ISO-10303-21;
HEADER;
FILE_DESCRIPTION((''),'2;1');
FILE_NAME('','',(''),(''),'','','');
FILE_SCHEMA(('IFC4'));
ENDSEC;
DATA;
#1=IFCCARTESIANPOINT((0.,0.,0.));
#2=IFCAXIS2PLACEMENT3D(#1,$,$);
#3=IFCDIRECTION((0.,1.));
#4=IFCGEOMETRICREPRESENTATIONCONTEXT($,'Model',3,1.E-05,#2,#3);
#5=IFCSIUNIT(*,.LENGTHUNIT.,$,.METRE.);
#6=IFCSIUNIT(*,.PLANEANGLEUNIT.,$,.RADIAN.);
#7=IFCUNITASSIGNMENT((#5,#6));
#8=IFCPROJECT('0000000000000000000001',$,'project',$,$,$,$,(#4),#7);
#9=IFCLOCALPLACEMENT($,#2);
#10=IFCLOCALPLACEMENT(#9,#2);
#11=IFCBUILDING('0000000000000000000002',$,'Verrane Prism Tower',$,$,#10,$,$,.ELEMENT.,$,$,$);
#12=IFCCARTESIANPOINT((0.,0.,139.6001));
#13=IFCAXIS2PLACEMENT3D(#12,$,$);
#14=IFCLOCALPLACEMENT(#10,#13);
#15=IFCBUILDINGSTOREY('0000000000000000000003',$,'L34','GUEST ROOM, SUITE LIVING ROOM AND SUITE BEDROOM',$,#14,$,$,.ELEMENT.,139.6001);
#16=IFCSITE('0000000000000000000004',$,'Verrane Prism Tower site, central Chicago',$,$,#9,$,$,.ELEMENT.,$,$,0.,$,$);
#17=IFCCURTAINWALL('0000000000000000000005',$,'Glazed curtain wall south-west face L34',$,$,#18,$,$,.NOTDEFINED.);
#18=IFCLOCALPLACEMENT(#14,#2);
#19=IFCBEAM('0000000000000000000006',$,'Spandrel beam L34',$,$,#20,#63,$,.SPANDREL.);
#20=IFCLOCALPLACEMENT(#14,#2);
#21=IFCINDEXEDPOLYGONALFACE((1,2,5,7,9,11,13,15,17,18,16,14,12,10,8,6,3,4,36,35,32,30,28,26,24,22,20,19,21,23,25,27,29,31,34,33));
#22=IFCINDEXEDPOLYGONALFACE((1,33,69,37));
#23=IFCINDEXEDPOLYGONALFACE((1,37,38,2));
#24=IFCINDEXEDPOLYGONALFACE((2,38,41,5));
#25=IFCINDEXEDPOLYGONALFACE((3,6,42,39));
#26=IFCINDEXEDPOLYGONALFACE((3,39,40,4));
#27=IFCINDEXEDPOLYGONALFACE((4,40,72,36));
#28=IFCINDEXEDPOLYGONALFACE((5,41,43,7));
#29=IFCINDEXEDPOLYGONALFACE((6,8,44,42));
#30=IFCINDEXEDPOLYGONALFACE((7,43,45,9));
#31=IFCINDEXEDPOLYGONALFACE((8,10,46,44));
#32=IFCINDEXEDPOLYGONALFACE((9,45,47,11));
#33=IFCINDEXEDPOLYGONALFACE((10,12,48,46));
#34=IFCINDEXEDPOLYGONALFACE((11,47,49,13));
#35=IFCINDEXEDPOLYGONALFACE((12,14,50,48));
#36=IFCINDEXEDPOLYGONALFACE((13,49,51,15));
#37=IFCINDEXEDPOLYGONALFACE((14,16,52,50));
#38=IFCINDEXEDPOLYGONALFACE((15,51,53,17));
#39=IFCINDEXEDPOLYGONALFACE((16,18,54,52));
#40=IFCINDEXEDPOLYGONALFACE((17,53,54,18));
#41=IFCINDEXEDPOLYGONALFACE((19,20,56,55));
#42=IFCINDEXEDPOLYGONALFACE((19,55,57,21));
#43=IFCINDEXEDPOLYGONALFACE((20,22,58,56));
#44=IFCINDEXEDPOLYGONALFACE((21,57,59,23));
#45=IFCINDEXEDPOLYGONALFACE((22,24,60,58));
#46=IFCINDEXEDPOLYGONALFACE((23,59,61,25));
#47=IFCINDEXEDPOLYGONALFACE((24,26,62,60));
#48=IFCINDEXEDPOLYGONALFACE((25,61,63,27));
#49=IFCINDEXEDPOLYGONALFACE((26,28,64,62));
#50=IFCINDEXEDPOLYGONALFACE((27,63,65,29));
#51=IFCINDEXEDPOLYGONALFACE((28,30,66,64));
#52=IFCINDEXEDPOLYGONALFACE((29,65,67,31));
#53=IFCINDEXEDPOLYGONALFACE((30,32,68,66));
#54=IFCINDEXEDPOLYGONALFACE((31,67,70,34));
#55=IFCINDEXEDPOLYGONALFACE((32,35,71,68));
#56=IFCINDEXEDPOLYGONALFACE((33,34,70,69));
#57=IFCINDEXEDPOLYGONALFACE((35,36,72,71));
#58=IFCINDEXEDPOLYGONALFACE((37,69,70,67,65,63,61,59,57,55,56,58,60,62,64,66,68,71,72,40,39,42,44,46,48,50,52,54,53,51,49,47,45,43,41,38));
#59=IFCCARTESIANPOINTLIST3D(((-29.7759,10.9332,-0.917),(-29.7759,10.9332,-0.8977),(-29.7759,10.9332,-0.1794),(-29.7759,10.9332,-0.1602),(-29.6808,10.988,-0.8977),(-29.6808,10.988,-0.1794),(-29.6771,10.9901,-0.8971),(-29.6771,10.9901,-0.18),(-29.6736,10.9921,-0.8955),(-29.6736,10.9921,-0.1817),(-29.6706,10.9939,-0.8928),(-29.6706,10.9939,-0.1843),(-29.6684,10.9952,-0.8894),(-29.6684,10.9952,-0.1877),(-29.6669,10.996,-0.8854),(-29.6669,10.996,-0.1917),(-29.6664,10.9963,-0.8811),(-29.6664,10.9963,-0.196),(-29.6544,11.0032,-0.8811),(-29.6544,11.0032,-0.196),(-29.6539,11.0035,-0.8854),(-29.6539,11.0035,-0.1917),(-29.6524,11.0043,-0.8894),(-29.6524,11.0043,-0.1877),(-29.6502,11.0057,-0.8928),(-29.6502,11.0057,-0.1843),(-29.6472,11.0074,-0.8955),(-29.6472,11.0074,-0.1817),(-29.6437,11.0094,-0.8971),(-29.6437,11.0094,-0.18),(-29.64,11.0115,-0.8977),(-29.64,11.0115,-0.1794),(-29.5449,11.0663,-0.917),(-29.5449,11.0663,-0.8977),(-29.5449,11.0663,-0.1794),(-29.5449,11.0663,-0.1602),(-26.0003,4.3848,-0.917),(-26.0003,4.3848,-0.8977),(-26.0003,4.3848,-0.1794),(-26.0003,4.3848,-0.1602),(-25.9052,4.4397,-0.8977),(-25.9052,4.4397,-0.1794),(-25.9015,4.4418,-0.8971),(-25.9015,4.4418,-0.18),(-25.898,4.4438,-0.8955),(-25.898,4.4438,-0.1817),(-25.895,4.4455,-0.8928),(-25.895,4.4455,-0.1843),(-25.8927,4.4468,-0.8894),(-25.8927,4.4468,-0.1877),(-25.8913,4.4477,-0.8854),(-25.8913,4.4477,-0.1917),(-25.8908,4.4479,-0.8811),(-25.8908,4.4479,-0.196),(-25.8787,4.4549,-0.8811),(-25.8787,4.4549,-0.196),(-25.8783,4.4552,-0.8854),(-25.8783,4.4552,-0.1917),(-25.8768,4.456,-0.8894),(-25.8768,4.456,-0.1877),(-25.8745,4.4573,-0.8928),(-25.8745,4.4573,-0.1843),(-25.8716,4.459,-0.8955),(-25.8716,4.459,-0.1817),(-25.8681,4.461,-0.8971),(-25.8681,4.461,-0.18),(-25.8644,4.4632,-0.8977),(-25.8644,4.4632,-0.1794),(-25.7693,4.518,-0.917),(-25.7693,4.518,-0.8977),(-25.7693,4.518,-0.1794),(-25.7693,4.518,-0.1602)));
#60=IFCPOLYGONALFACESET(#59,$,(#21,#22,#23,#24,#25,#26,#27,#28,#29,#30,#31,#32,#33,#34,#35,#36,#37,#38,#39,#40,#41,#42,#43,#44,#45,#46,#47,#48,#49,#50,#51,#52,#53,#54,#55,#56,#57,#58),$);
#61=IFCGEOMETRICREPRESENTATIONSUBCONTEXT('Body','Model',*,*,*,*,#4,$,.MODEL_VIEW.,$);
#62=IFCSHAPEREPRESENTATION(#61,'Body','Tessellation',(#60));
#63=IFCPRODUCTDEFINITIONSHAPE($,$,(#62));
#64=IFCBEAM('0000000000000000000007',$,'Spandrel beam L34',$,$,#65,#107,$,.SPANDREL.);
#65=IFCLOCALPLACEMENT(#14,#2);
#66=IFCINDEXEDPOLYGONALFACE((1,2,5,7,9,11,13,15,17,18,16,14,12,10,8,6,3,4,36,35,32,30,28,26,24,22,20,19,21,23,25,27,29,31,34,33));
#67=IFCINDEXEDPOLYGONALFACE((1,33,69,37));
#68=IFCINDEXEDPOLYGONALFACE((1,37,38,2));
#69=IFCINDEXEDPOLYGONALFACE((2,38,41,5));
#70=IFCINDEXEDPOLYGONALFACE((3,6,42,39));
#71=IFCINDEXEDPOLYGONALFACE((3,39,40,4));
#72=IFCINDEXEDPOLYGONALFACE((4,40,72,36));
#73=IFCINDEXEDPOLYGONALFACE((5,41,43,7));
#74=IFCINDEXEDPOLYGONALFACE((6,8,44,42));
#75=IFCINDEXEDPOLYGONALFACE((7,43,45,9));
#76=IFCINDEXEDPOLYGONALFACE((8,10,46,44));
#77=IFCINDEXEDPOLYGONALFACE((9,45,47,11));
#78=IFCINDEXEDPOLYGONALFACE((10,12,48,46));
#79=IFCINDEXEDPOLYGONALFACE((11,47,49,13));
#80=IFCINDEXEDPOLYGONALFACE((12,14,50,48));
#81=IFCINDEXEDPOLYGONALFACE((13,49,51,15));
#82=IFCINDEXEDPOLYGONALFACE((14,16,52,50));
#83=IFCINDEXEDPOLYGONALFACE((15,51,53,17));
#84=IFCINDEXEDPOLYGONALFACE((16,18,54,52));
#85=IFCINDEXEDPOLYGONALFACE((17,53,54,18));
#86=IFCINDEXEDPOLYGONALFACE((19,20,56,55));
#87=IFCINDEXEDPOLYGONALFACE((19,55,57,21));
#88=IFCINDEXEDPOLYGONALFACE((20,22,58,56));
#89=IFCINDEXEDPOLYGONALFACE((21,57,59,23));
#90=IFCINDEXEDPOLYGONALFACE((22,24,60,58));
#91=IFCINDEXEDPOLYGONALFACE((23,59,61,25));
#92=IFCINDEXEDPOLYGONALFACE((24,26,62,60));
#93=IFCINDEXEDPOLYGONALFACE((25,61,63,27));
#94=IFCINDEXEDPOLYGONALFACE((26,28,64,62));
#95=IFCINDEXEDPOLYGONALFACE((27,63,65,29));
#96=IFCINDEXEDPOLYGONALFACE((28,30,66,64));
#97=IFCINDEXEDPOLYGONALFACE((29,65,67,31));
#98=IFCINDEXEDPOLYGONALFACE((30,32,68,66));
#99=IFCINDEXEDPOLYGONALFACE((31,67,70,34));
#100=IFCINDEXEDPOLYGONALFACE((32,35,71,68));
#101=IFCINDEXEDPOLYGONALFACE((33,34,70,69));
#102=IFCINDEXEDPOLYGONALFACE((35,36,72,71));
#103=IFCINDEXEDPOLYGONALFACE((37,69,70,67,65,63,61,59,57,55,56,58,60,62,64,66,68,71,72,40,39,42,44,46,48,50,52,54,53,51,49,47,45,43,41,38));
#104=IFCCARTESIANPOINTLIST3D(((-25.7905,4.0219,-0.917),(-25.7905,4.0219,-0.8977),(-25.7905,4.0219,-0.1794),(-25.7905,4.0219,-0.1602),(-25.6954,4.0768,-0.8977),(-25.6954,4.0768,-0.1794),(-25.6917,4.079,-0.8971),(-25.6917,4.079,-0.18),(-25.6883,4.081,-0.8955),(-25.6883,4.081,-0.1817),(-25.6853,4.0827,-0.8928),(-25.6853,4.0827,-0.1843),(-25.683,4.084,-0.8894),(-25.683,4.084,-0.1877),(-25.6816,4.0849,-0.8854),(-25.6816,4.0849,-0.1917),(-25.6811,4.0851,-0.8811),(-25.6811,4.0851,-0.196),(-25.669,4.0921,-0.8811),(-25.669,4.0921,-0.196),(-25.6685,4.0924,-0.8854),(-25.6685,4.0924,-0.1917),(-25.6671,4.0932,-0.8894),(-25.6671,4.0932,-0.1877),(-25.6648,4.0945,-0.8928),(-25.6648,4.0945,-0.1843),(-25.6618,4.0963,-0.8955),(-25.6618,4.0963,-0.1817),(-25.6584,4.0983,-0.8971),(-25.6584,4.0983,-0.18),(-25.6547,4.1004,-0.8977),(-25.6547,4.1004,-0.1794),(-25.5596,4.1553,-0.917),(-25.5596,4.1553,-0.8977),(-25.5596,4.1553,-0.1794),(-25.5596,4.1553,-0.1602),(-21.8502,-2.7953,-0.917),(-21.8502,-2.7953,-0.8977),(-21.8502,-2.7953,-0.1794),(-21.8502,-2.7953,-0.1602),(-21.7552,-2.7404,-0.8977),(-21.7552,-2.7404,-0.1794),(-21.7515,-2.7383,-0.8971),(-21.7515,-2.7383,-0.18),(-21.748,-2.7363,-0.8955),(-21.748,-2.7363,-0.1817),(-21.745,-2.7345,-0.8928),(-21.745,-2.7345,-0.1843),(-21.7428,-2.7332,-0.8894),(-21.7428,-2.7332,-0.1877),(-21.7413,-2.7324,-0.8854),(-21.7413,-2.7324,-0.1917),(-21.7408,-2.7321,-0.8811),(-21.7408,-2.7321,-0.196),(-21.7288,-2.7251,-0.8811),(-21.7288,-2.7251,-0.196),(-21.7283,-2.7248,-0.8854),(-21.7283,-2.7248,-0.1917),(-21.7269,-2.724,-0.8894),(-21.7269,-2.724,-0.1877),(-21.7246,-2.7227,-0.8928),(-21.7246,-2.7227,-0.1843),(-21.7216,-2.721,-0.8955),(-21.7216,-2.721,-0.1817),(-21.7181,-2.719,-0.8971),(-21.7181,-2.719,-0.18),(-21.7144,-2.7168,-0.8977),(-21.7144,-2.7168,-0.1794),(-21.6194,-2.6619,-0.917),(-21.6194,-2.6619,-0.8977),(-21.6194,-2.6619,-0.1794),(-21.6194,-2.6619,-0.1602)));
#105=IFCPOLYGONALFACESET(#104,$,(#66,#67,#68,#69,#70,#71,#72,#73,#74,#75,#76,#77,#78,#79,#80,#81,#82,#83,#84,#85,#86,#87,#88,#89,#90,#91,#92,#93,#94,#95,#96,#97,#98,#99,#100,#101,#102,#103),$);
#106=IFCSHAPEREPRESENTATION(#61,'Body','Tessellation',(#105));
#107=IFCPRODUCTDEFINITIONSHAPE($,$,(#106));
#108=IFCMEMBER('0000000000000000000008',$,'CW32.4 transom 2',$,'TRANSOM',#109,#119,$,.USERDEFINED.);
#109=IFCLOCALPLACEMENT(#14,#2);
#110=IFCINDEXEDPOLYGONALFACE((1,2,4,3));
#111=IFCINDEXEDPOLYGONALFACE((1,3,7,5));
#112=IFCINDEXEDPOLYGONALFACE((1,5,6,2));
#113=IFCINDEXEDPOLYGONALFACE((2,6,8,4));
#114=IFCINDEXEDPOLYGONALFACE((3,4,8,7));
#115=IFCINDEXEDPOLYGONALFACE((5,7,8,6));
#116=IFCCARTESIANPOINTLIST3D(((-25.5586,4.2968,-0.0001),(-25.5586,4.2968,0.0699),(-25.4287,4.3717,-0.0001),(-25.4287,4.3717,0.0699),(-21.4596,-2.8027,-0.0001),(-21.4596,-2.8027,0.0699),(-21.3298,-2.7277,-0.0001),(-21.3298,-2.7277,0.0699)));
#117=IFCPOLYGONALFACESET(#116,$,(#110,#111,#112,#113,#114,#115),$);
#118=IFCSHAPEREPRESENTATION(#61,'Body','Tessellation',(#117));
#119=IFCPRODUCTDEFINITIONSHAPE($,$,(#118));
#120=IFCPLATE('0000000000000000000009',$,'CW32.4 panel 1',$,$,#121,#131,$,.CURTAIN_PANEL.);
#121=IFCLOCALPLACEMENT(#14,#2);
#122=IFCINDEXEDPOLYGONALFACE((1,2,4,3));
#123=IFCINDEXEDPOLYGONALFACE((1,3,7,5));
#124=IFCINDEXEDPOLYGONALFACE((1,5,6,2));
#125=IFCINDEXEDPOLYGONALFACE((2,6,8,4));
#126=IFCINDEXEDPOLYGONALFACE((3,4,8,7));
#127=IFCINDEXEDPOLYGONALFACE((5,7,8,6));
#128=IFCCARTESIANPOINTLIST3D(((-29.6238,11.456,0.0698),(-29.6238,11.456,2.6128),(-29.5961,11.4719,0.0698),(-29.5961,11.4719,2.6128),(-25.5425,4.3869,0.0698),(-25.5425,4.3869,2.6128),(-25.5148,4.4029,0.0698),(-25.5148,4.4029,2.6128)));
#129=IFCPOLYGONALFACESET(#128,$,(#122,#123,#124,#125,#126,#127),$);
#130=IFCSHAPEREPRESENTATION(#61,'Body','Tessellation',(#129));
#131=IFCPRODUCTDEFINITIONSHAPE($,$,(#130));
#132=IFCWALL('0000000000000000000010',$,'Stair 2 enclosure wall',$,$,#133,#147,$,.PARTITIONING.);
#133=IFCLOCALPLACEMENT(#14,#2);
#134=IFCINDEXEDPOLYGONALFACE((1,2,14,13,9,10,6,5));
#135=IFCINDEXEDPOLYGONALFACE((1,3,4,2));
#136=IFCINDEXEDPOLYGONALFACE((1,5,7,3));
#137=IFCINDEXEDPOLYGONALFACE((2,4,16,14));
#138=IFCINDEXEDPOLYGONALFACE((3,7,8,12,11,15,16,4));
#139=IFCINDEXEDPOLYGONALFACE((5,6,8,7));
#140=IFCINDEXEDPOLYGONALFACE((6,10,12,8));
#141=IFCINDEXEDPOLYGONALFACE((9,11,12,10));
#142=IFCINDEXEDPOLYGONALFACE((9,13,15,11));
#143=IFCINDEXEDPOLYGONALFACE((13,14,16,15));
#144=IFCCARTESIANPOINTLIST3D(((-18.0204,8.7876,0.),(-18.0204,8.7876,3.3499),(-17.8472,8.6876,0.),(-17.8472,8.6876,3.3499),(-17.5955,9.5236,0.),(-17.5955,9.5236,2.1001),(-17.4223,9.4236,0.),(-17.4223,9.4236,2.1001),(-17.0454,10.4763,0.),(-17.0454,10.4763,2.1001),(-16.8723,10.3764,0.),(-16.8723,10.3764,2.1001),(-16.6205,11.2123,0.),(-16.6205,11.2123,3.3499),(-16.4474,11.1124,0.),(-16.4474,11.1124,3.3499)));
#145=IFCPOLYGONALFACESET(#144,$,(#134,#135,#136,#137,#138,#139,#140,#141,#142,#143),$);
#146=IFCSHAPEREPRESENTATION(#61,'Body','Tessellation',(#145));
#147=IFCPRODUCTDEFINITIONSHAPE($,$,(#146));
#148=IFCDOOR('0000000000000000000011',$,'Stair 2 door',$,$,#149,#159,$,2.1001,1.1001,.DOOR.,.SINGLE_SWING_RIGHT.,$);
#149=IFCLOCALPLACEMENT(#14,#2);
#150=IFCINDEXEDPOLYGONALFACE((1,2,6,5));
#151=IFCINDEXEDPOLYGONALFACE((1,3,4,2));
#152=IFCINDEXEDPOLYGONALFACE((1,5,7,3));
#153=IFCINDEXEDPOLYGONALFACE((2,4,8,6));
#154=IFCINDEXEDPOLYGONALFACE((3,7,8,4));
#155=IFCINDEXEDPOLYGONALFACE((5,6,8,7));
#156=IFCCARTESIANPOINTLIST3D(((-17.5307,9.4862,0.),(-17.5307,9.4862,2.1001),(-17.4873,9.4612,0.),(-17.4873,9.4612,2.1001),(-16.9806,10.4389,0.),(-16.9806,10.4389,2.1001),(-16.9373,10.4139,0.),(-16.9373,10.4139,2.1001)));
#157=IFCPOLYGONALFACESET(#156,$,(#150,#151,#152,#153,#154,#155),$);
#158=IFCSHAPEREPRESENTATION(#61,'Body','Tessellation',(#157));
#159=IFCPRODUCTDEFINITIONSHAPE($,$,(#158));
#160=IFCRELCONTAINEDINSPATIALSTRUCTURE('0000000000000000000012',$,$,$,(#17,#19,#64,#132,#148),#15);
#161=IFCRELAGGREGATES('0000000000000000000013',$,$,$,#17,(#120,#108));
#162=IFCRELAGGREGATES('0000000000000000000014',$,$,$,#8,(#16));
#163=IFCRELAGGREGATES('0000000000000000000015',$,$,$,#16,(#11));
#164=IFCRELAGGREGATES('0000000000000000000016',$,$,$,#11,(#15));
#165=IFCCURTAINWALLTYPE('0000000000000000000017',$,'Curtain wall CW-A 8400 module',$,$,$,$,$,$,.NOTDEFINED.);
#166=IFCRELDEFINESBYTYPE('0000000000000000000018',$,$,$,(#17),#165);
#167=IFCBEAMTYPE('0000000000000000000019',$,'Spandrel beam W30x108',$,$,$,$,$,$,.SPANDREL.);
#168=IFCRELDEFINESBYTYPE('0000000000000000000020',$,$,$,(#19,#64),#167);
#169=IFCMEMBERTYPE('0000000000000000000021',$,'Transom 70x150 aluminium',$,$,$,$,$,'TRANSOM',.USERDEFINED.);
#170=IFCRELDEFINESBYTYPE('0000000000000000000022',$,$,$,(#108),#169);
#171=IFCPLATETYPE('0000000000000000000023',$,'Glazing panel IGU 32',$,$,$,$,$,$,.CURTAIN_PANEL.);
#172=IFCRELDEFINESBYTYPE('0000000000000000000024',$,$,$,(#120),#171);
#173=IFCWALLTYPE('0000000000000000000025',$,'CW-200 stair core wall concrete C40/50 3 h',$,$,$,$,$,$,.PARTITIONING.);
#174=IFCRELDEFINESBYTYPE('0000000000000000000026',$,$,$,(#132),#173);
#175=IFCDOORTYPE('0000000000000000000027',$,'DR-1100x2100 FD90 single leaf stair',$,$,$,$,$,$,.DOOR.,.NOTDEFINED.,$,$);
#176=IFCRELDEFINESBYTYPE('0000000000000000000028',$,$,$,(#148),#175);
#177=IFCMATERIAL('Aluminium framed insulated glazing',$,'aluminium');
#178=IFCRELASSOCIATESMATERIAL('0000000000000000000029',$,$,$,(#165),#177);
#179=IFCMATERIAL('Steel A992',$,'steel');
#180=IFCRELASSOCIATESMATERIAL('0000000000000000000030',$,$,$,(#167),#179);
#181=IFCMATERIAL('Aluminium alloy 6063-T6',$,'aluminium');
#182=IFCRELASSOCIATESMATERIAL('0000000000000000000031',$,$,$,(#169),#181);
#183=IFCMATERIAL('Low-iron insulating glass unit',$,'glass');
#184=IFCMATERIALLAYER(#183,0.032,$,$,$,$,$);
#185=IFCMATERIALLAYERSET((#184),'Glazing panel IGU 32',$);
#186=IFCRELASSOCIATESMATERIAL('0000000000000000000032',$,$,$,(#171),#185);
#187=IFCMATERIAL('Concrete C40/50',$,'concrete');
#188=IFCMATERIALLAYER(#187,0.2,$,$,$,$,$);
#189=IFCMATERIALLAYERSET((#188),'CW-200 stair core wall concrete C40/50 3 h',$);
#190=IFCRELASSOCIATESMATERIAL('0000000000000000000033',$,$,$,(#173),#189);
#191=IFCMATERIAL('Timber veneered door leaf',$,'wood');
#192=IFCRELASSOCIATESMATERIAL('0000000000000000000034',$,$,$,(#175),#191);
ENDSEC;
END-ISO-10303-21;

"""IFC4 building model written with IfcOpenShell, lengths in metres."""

from ifc_helpers import new_model, si_unit, direction, frame, frame_2d, origin, origin_2d, place, context, subcontext, project, spatial, rectangle, i_section, extrude, material, layer, layer_set, material_profile, profile_set, type_object, element, fill, aggregate, save


model = new_model("IFC4")

# Units and contexts
model_context = context("Model", 3, precision=1e-05, world=origin(), true_north=direction((0.0, 1.0)))
body_context = subcontext(model_context, "Body", "Model", "MODEL_VIEW")
ifc_project = project(units=[si_unit("LENGTHUNIT", "METRE"), si_unit("PLANEANGLEUNIT", "RADIAN")], contexts=[model_context])

# Site, building, storey
site_placement = place(None, origin())
site = spatial("IfcSite", under=ifc_project, at=site_placement, Name="Verrane Prism Tower site, central Chicago", CompositionType="ELEMENT", RefElevation=0.0)
building_placement = place(site_placement, origin())
building = spatial("IfcBuilding", under=site, at=building_placement, Name="Verrane Prism Tower", CompositionType="ELEMENT")
storey_placement = place(building_placement, frame((0.0, 0.0, 139.6001)))
storey = spatial("IfcBuildingStorey", under=building, at=storey_placement, Name="L34", Description="GUEST ROOM, SUITE LIVING ROOM AND SUITE BEDROOM", CompositionType="ELEMENT", Elevation=139.6001)

# Curtain wall
ifc_material_1 = material(Name="Aluminium framed insulated glazing", Category="aluminium")
curtain_wall_type = type_object("IfcCurtainWallType", Name="Curtain wall CW-A 8400 module", PredefinedType="NOTDEFINED", material=ifc_material_1)
curtain_wall_placement = place(storey_placement, origin())
curtain_wall = element("IfcCurtainWall", 1, at=curtain_wall_placement, inside=storey, type_object=curtain_wall_type, Name="Glazed curtain wall south-west face L34", PredefinedType="NOTDEFINED")

# Beams
ifc_material_2 = material(Name="Steel A992", Category="steel")
ifc_material_profile_1 = material_profile(ifc_material_2, i_section(OverallWidth=0.2666, OverallDepth=0.7568, WebThickness=0.0139, FlangeThickness=0.0193, FilletRadius=0.0166, at=origin_2d()), Name="W30x108")
ifc_profile_set_1 = profile_set([ifc_material_profile_1], Name="Steel A992")
beam_type_1 = type_object("IfcBeamType", Name="Spandrel beam W30x108", PredefinedType="SPANDREL", material=ifc_profile_set_1)
beam_1_placement = place(storey_placement, frame((-29.6604, 10.9998, -0.5386), z_axis=(0.499499, -0.866315, 0.0), x_axis=(0.866315, 0.499499, 0.0)))
element("IfcBeam", 2, at=beam_1_placement, inside=storey, type_object=beam_type_1, Name="Spandrel beam L34", PredefinedType="SPANDREL", context=body_context, shape_type="SweptSolid", body=[
    extrude(i_section(OverallWidth=0.2666, OverallDepth=0.7568, WebThickness=0.0139, FlangeThickness=0.0193, FilletRadius=0.0166, at=origin_2d()), origin(), (0.0, 0.0, 1.0), 7.5588),
])
beam_2_placement = place(storey_placement, frame((-25.675, 4.0886, -0.5386), z_axis=(0.50041, -0.865788, 0.0), x_axis=(0.865788, 0.50041, 0.0)))
element("IfcBeam", 3, at=beam_2_placement, inside=storey, type_object=beam_type_1, Name="Spandrel beam L34", PredefinedType="SPANDREL", context=body_context, shape_type="SweptSolid", body=[
    extrude(i_section(OverallWidth=0.2666, OverallDepth=0.7568, WebThickness=0.0139, FlangeThickness=0.0193, FilletRadius=0.0166, at=origin_2d()), origin(), (0.0, 0.0, 1.0), 7.874),
])

# Member
ifc_material_3 = material(Name="Aluminium alloy 6063-T6", Category="aluminium")
ifc_material_profile_2 = material_profile(ifc_material_3, rectangle(XDim=0.1499, YDim=0.0701, at=origin_2d()), Name="Transom 70x150 aluminium")
ifc_profile_set_2 = profile_set([ifc_material_profile_2], Name="Aluminium alloy 6063-T6")
member_type_1 = type_object("IfcMemberType", Name="Transom 70x150 aluminium", ElementType="TRANSOM", PredefinedType="USERDEFINED", material=ifc_profile_set_2)
member_1_placement = place(storey_placement, frame((-25.4937, 4.3342, 0.0349), z_axis=(0.500005, -0.866022, 0.0), x_axis=(0.866022, 0.500005, 0.0)))
member_1 = element("IfcMember", 4, at=member_1_placement, type_object=member_type_1, Name="CW32.4 transom 2", ObjectType="TRANSOM", PredefinedType="USERDEFINED", context=body_context, shape_type="SweptSolid", body=[
    extrude(rectangle(XDim=0.1499, YDim=0.0701, at=origin_2d()), origin(), (0.0, 0.0, 1.0), 8.1978),
])

# Plate
ifc_material_4 = material(Name="Low-iron insulating glass unit", Category="glass")
ifc_layer_1 = layer(ifc_material_4, 0.032)
ifc_layer_set_1 = layer_set([ifc_layer_1], Name="Glazing panel IGU 32")
plate_type = type_object("IfcPlateType", Name="Glazing panel IGU 32", PredefinedType="CURTAIN_PANEL", material=ifc_layer_set_1)
plate_placement = place(storey_placement, frame((-27.5693, 7.9294, 0.0698), z_axis=(0.0, 0.0, 1.0), x_axis=(0.5, -0.866025, 0.0)))
plate = element("IfcPlate", 5, at=plate_placement, type_object=plate_type, Name="CW32.4 panel 1", PredefinedType="CURTAIN_PANEL", context=body_context, shape_type="SweptSolid", body=[
    extrude(rectangle(XDim=8.1626, YDim=0.032, at=origin_2d()), origin(), (0.0, 0.0, 1.0), 2.543),
])
aggregate(curtain_wall, [plate, member_1])

# Wall, opening, door
ifc_material_5 = material(Name="Concrete C40/50", Category="concrete")
ifc_layer_2 = layer(ifc_material_5, 0.2)
ifc_layer_set_2 = layer_set([ifc_layer_2], Name="CW-200 stair core wall concrete C40/50 3 h")
wall_type_1 = type_object("IfcWallType", Name="CW-200 stair core wall concrete C40/50 3 h", PredefinedType="PARTITIONING", material=ifc_layer_set_2)
wall_1_placement = place(storey_placement, frame((-16.5339, 11.1624, 0.0), z_axis=(0.0, 0.0, 1.0), x_axis=(-0.499984, -0.866035, 0.0)))
wall_1 = element("IfcWall", 6, at=wall_1_placement, inside=storey, type_object=wall_type_1, Name="Stair 2 enclosure wall", PredefinedType="PARTITIONING", context=body_context, shape_type="SweptSolid", body=[
    extrude(rectangle(XDim=2.7998, YDim=0.2, at=frame_2d((1.3999, 0.0))), origin(), (0.0, 0.0, 1.0), 3.3499),
])
opening_1_placement = place(wall_1_placement, frame((0.8499, 0.0, 0.0)))
opening_1 = element("IfcOpeningElement", 7, at=opening_1_placement, cuts=wall_1, PredefinedType="OPENING", context=body_context, shape_type="SweptSolid", body=[
    extrude(rectangle(XDim=1.1001, YDim=2.1001, at=frame_2d((0.55, 1.05))), frame((0.0, 0.1099, 0.0), z_axis=(0.0, -1.0, 0.0), x_axis=(1.0, 0.0, 0.0)), (0.0, 0.0, 1.0), 0.22),
])
ifc_material_6 = material(Name="Timber veneered door leaf", Category="wood")
door_type_1 = type_object("IfcDoorType", Name="DR-1100x2100 FD90 single leaf stair", OperationType="NOTDEFINED", PredefinedType="DOOR", material=ifc_material_6)
door_1_placement = place(opening_1_placement, origin())
door_1 = element("IfcDoor", 8, at=door_1_placement, inside=storey, type_object=door_type_1, Name="Stair 2 door", OperationType="SINGLE_SWING_RIGHT", OverallHeight=2.1001, OverallWidth=1.1001, PredefinedType="DOOR", context=body_context, shape_type="SweptSolid", body=[
    extrude(rectangle(XDim=1.1001, YDim=2.1001, at=frame_2d((0.55, 1.05))), frame((0.0, 0.0249, 0.0), z_axis=(0.0, -1.0, 0.0), x_axis=(1.0, 0.0, 0.0)), (0.0, 0.0, 1.0), 0.05),
])
fill(opening_1, door_1)

save(model, "model.ifc")
